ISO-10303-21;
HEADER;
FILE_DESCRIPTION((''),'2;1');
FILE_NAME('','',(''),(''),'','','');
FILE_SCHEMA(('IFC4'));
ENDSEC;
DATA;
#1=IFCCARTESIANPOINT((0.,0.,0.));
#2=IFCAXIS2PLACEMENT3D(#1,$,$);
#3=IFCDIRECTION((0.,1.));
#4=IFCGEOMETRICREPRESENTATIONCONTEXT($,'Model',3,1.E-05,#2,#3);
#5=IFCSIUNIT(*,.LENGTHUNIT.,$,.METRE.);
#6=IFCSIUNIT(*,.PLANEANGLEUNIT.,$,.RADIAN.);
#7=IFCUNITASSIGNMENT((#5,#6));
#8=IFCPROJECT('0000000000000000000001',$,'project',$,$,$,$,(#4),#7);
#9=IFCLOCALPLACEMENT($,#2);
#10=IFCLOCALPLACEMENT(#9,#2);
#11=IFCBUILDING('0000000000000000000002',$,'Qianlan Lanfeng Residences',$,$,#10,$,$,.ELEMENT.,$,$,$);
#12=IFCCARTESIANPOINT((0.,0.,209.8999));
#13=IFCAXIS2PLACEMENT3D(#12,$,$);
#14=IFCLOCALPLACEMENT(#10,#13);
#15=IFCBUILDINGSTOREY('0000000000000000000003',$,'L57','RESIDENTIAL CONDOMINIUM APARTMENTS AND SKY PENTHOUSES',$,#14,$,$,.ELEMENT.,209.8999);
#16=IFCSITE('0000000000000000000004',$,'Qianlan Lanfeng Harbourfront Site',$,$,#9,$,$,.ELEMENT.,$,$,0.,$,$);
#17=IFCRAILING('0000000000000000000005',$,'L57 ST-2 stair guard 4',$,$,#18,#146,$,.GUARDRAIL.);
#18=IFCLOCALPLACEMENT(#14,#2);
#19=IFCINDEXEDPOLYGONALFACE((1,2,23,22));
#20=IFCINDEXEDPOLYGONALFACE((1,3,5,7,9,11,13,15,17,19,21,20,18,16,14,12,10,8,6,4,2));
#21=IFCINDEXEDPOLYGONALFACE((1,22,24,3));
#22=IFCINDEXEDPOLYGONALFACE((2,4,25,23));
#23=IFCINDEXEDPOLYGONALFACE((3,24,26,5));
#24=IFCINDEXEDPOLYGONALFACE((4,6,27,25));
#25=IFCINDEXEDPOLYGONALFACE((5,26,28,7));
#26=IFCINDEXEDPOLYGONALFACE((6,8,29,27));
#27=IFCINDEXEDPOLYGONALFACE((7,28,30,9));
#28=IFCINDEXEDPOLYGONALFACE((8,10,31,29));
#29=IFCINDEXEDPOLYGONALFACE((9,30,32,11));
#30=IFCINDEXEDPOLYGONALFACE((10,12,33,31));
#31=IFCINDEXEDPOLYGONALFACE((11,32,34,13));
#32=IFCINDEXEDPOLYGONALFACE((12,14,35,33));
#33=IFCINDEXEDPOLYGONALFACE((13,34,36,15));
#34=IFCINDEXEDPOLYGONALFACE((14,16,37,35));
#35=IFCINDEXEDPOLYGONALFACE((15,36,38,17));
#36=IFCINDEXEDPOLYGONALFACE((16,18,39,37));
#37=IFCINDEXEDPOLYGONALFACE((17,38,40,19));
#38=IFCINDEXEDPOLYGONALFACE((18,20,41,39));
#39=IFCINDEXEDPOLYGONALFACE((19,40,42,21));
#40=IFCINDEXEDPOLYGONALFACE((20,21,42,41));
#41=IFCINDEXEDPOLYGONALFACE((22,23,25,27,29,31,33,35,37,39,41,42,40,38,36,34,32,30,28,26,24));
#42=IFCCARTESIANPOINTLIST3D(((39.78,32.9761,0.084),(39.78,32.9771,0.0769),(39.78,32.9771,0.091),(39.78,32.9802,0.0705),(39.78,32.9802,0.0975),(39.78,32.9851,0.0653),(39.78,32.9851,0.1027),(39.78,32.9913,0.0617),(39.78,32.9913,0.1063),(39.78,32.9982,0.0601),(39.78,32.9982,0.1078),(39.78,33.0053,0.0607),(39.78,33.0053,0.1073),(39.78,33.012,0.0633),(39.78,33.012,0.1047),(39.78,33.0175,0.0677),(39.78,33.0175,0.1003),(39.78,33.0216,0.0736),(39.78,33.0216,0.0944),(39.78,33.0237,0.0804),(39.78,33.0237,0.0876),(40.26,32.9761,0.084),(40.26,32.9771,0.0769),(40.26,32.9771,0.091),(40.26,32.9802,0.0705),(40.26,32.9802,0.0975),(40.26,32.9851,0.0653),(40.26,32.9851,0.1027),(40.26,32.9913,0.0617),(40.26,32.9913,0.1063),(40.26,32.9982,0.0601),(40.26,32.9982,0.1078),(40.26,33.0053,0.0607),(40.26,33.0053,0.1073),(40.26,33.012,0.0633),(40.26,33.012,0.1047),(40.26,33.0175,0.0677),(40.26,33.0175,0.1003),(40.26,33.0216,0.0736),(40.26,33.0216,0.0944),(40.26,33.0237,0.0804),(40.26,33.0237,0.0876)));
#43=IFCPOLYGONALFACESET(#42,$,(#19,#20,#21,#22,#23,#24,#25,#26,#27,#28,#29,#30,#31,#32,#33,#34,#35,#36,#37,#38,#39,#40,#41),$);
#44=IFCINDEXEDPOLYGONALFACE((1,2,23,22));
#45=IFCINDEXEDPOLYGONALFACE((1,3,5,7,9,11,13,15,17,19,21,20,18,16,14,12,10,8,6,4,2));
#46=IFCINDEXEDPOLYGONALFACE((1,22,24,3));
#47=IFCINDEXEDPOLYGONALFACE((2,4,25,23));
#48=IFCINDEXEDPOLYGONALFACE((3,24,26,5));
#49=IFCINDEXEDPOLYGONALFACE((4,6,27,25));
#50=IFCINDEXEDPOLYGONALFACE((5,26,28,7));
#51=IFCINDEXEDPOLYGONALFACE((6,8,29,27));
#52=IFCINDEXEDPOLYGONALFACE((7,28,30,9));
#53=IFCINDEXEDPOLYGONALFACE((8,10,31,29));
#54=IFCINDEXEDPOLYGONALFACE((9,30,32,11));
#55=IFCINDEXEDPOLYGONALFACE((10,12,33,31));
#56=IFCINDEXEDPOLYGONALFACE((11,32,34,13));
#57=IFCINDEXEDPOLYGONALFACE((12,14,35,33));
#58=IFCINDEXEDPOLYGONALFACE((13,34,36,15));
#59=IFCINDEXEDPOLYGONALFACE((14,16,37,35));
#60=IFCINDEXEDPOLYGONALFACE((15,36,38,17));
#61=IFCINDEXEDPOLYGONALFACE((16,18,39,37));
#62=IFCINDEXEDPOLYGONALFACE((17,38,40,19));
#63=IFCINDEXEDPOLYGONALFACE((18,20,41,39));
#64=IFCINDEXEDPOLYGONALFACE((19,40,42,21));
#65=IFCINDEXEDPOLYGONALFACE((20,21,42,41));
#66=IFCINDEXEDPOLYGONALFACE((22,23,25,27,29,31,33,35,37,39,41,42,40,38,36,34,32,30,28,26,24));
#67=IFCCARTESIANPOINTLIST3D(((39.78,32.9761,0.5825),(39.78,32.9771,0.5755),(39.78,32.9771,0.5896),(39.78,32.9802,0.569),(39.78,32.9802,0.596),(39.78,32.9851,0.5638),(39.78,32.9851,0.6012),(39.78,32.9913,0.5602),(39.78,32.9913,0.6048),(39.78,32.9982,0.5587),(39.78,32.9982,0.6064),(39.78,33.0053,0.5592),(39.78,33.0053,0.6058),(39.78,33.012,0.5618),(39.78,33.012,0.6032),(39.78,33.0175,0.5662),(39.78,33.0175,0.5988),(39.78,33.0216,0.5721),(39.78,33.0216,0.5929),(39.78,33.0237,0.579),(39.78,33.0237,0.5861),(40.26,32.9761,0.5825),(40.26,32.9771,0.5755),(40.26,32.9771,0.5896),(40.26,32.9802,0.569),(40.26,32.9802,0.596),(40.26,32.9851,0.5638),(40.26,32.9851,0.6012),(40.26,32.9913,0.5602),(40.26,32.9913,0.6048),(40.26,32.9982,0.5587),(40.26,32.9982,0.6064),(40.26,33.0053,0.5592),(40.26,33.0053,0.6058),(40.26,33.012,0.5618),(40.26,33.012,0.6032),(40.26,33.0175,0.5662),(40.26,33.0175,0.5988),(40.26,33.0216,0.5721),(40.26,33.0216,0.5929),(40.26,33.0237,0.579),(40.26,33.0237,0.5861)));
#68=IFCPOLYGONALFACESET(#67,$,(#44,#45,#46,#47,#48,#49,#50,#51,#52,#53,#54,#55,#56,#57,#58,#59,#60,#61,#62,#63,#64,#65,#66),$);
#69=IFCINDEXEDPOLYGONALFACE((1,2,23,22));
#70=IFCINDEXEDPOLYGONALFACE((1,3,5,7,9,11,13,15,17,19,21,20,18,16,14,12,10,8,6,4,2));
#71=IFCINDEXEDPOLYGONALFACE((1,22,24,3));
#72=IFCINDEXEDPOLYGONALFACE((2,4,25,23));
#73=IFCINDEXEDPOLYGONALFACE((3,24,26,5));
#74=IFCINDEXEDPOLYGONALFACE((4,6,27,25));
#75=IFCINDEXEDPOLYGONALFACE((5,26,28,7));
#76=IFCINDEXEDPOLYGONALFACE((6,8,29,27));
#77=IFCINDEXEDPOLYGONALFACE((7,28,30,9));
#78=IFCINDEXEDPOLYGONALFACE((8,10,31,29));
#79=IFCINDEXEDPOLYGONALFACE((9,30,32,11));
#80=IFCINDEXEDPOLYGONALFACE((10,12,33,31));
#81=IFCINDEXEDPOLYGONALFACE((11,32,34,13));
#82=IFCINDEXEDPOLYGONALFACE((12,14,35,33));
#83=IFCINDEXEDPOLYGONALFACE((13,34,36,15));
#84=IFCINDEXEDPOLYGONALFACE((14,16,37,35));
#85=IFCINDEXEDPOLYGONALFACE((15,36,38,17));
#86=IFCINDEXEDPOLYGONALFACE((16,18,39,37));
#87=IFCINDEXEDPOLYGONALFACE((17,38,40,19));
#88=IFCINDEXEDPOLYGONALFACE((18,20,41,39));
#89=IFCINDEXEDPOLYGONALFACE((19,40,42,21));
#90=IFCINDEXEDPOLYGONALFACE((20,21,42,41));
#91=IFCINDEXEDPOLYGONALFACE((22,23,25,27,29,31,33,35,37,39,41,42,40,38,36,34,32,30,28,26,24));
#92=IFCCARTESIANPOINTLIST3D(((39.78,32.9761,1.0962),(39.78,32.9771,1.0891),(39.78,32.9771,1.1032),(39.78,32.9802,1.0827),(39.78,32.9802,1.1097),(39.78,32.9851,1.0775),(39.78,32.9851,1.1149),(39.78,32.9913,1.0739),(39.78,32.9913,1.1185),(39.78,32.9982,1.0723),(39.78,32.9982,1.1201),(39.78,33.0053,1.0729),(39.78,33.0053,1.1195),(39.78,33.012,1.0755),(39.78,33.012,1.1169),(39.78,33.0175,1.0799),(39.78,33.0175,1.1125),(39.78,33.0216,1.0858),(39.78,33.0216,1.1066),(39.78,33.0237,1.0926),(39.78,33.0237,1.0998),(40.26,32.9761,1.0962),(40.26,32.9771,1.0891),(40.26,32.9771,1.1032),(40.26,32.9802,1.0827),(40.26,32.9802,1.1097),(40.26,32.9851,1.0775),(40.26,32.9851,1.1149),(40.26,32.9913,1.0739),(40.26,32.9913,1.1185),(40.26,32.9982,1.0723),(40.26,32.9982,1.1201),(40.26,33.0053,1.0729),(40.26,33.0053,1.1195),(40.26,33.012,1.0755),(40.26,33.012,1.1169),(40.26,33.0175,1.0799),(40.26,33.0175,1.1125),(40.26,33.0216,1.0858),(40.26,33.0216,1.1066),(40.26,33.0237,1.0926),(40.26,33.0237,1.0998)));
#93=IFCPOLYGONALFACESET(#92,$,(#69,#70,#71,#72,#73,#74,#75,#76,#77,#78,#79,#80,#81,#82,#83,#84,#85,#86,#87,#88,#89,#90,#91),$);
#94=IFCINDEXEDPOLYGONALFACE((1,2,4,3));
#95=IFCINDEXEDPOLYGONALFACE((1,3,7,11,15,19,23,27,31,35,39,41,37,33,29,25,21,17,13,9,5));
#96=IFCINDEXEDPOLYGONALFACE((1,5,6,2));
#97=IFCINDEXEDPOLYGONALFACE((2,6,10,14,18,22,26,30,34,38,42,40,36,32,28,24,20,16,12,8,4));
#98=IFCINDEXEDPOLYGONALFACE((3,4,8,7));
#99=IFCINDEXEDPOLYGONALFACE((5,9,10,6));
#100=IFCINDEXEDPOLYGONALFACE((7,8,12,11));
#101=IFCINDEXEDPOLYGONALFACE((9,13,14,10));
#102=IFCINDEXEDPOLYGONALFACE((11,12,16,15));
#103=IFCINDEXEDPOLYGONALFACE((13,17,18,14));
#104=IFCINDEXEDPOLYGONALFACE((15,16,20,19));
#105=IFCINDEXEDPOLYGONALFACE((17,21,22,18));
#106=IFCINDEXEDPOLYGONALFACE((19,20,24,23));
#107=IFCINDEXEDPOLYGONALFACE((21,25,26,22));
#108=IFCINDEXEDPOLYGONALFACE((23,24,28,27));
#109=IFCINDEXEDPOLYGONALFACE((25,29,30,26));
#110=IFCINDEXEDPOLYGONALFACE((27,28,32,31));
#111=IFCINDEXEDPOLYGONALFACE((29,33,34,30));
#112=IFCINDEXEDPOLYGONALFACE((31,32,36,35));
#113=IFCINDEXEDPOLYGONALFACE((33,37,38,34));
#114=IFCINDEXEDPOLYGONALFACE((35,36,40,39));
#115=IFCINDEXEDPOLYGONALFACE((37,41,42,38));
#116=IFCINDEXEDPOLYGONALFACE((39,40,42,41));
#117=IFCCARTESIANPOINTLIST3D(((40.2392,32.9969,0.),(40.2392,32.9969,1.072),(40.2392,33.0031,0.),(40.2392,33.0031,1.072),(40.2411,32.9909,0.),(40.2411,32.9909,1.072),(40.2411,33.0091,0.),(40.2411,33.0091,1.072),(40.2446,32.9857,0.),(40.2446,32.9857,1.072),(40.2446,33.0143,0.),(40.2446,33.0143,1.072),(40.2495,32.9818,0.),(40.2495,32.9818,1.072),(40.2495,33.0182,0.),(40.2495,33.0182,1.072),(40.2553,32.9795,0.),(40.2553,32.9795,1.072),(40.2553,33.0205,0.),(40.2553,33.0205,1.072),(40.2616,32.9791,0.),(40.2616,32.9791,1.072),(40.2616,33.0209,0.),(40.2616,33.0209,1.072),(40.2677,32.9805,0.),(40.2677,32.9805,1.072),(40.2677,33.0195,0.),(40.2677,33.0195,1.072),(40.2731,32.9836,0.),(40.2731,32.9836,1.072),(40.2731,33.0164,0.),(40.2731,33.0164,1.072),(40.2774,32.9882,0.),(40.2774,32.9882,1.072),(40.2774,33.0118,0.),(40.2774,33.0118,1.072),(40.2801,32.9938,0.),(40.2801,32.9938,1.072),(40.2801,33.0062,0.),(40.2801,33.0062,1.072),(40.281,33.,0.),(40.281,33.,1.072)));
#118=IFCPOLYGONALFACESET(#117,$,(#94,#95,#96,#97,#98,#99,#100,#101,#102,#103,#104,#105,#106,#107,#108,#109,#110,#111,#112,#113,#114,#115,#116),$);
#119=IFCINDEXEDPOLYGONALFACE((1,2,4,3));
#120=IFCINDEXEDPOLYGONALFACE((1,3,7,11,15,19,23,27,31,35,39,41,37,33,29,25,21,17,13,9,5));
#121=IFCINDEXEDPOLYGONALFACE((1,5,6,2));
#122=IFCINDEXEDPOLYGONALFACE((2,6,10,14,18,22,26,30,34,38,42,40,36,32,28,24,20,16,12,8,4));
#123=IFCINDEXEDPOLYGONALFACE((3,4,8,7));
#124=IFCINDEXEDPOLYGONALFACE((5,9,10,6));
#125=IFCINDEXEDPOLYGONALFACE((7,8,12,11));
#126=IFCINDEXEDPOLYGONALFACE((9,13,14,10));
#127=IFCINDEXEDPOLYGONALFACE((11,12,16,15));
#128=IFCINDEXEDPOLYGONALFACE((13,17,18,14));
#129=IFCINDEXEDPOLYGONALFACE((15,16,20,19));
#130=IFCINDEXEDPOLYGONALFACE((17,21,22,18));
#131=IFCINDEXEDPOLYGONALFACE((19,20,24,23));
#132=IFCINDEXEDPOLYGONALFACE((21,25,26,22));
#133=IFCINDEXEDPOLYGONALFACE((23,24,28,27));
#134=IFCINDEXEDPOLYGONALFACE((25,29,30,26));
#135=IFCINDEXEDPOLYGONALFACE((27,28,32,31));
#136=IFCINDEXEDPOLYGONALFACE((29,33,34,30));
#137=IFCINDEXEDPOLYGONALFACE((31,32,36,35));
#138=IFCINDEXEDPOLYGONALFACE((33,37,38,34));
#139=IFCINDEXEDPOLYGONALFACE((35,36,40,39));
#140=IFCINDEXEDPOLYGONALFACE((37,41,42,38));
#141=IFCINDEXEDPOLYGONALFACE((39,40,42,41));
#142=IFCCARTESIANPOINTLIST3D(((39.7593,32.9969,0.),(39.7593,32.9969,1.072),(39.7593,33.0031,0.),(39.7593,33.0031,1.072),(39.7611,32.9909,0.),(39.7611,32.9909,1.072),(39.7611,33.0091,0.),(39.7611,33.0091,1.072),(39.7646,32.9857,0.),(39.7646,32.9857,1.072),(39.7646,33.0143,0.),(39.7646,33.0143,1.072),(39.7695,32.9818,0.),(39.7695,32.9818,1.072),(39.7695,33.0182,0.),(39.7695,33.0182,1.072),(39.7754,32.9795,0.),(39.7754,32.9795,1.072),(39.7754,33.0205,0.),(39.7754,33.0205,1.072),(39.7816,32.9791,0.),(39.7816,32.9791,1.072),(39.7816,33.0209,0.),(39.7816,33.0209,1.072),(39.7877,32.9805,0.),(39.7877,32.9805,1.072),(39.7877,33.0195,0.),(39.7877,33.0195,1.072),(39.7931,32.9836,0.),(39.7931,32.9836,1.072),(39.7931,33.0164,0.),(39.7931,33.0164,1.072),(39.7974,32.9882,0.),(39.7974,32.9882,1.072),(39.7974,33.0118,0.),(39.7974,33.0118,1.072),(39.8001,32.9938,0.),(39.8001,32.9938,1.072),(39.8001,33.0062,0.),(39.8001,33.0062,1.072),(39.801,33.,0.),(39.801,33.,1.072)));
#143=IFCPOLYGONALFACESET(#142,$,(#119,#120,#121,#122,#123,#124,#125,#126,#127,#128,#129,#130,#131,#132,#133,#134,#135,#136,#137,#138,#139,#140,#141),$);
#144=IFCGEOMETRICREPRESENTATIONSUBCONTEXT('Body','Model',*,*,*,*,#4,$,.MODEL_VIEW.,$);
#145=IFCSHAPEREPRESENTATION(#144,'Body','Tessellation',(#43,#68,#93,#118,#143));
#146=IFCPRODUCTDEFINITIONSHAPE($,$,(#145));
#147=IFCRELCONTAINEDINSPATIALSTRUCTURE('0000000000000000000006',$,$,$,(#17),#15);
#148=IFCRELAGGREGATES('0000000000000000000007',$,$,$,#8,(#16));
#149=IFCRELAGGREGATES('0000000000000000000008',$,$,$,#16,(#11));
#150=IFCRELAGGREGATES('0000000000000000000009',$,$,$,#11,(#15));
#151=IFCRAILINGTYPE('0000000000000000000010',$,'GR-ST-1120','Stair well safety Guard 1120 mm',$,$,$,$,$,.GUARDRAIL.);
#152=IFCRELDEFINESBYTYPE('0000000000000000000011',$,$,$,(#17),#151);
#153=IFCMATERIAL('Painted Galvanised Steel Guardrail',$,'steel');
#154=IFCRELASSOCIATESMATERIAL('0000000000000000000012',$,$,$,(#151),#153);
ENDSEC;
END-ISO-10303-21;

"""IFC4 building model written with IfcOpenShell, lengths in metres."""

from ifc_helpers import new_model, si_unit, direction, frame, origin, origin_2d, place, context, subcontext, project, spatial, circle, extrude, material, type_object, element, save


model = new_model("IFC4")

# Units and contexts
model_context = context("Model", 3, precision=1e-05, world=origin(), true_north=direction((0.0, 1.0)))
body_context = subcontext(model_context, "Body", "Model", "MODEL_VIEW")
ifc_project = project(units=[si_unit("LENGTHUNIT", "METRE"), si_unit("PLANEANGLEUNIT", "RADIAN")], contexts=[model_context])

# Site, building, storey
site_placement = place(None, origin())
site = spatial("IfcSite", under=ifc_project, at=site_placement, Name="Qianlan Lanfeng Harbourfront Site", CompositionType="ELEMENT", RefElevation=0.0)
building_placement = place(site_placement, origin())
building = spatial("IfcBuilding", under=site, at=building_placement, Name="Qianlan Lanfeng Residences", CompositionType="ELEMENT")
storey_placement = place(building_placement, frame((0.0, 0.0, 209.8999)))
storey = spatial("IfcBuildingStorey", under=building, at=storey_placement, Name="L57", Description="RESIDENTIAL CONDOMINIUM APARTMENTS AND SKY PENTHOUSES", CompositionType="ELEMENT", Elevation=209.8999)

# Railing
ifc_material_1 = material(Name="Painted Galvanised Steel Guardrail", Category="steel")
railing_type_1 = type_object("IfcRailingType", Name="GR-ST-1120", Description="Stair well safety Guard 1120 mm", PredefinedType="GUARDRAIL", material=ifc_material_1)
railing_1_placement = place(storey_placement, frame((40.26, 33.0, 0.0)))
element("IfcRailing", 1, at=railing_1_placement, inside=storey, type_object=railing_type_1, Name="L57 ST-2 stair guard 4", PredefinedType="GUARDRAIL", context=body_context, shape_type="SweptSolid", body=[
    extrude(circle(Radius=0.0239, at=origin_2d()), frame((0.0, 0.0, 0.084), z_axis=(-1.0, 0.0, 0.0), x_axis=(0.0, -1.0, 0.0)), (0.0, 0.0, 1.0), 0.48),
    extrude(circle(Radius=0.0239, at=origin_2d()), frame((0.0, 0.0, 0.5825), z_axis=(-1.0, 0.0, 0.0), x_axis=(0.0, -1.0, 0.0)), (0.0, 0.0, 1.0), 0.48),
    extrude(circle(Radius=0.0239, at=origin_2d()), frame((0.0, 0.0, 1.0962), z_axis=(-1.0, 0.0, 0.0), x_axis=(0.0, -1.0, 0.0)), (0.0, 0.0, 1.0), 0.48),
    extrude(circle(Radius=0.021, at=origin_2d()), origin(), (0.0, 0.0, 1.0), 1.072),
    extrude(circle(Radius=0.021, at=origin_2d()), frame((-0.48, 0.0, 0.0)), (0.0, 0.0, 1.0), 1.072),
])

save(model, "model.ifc")
